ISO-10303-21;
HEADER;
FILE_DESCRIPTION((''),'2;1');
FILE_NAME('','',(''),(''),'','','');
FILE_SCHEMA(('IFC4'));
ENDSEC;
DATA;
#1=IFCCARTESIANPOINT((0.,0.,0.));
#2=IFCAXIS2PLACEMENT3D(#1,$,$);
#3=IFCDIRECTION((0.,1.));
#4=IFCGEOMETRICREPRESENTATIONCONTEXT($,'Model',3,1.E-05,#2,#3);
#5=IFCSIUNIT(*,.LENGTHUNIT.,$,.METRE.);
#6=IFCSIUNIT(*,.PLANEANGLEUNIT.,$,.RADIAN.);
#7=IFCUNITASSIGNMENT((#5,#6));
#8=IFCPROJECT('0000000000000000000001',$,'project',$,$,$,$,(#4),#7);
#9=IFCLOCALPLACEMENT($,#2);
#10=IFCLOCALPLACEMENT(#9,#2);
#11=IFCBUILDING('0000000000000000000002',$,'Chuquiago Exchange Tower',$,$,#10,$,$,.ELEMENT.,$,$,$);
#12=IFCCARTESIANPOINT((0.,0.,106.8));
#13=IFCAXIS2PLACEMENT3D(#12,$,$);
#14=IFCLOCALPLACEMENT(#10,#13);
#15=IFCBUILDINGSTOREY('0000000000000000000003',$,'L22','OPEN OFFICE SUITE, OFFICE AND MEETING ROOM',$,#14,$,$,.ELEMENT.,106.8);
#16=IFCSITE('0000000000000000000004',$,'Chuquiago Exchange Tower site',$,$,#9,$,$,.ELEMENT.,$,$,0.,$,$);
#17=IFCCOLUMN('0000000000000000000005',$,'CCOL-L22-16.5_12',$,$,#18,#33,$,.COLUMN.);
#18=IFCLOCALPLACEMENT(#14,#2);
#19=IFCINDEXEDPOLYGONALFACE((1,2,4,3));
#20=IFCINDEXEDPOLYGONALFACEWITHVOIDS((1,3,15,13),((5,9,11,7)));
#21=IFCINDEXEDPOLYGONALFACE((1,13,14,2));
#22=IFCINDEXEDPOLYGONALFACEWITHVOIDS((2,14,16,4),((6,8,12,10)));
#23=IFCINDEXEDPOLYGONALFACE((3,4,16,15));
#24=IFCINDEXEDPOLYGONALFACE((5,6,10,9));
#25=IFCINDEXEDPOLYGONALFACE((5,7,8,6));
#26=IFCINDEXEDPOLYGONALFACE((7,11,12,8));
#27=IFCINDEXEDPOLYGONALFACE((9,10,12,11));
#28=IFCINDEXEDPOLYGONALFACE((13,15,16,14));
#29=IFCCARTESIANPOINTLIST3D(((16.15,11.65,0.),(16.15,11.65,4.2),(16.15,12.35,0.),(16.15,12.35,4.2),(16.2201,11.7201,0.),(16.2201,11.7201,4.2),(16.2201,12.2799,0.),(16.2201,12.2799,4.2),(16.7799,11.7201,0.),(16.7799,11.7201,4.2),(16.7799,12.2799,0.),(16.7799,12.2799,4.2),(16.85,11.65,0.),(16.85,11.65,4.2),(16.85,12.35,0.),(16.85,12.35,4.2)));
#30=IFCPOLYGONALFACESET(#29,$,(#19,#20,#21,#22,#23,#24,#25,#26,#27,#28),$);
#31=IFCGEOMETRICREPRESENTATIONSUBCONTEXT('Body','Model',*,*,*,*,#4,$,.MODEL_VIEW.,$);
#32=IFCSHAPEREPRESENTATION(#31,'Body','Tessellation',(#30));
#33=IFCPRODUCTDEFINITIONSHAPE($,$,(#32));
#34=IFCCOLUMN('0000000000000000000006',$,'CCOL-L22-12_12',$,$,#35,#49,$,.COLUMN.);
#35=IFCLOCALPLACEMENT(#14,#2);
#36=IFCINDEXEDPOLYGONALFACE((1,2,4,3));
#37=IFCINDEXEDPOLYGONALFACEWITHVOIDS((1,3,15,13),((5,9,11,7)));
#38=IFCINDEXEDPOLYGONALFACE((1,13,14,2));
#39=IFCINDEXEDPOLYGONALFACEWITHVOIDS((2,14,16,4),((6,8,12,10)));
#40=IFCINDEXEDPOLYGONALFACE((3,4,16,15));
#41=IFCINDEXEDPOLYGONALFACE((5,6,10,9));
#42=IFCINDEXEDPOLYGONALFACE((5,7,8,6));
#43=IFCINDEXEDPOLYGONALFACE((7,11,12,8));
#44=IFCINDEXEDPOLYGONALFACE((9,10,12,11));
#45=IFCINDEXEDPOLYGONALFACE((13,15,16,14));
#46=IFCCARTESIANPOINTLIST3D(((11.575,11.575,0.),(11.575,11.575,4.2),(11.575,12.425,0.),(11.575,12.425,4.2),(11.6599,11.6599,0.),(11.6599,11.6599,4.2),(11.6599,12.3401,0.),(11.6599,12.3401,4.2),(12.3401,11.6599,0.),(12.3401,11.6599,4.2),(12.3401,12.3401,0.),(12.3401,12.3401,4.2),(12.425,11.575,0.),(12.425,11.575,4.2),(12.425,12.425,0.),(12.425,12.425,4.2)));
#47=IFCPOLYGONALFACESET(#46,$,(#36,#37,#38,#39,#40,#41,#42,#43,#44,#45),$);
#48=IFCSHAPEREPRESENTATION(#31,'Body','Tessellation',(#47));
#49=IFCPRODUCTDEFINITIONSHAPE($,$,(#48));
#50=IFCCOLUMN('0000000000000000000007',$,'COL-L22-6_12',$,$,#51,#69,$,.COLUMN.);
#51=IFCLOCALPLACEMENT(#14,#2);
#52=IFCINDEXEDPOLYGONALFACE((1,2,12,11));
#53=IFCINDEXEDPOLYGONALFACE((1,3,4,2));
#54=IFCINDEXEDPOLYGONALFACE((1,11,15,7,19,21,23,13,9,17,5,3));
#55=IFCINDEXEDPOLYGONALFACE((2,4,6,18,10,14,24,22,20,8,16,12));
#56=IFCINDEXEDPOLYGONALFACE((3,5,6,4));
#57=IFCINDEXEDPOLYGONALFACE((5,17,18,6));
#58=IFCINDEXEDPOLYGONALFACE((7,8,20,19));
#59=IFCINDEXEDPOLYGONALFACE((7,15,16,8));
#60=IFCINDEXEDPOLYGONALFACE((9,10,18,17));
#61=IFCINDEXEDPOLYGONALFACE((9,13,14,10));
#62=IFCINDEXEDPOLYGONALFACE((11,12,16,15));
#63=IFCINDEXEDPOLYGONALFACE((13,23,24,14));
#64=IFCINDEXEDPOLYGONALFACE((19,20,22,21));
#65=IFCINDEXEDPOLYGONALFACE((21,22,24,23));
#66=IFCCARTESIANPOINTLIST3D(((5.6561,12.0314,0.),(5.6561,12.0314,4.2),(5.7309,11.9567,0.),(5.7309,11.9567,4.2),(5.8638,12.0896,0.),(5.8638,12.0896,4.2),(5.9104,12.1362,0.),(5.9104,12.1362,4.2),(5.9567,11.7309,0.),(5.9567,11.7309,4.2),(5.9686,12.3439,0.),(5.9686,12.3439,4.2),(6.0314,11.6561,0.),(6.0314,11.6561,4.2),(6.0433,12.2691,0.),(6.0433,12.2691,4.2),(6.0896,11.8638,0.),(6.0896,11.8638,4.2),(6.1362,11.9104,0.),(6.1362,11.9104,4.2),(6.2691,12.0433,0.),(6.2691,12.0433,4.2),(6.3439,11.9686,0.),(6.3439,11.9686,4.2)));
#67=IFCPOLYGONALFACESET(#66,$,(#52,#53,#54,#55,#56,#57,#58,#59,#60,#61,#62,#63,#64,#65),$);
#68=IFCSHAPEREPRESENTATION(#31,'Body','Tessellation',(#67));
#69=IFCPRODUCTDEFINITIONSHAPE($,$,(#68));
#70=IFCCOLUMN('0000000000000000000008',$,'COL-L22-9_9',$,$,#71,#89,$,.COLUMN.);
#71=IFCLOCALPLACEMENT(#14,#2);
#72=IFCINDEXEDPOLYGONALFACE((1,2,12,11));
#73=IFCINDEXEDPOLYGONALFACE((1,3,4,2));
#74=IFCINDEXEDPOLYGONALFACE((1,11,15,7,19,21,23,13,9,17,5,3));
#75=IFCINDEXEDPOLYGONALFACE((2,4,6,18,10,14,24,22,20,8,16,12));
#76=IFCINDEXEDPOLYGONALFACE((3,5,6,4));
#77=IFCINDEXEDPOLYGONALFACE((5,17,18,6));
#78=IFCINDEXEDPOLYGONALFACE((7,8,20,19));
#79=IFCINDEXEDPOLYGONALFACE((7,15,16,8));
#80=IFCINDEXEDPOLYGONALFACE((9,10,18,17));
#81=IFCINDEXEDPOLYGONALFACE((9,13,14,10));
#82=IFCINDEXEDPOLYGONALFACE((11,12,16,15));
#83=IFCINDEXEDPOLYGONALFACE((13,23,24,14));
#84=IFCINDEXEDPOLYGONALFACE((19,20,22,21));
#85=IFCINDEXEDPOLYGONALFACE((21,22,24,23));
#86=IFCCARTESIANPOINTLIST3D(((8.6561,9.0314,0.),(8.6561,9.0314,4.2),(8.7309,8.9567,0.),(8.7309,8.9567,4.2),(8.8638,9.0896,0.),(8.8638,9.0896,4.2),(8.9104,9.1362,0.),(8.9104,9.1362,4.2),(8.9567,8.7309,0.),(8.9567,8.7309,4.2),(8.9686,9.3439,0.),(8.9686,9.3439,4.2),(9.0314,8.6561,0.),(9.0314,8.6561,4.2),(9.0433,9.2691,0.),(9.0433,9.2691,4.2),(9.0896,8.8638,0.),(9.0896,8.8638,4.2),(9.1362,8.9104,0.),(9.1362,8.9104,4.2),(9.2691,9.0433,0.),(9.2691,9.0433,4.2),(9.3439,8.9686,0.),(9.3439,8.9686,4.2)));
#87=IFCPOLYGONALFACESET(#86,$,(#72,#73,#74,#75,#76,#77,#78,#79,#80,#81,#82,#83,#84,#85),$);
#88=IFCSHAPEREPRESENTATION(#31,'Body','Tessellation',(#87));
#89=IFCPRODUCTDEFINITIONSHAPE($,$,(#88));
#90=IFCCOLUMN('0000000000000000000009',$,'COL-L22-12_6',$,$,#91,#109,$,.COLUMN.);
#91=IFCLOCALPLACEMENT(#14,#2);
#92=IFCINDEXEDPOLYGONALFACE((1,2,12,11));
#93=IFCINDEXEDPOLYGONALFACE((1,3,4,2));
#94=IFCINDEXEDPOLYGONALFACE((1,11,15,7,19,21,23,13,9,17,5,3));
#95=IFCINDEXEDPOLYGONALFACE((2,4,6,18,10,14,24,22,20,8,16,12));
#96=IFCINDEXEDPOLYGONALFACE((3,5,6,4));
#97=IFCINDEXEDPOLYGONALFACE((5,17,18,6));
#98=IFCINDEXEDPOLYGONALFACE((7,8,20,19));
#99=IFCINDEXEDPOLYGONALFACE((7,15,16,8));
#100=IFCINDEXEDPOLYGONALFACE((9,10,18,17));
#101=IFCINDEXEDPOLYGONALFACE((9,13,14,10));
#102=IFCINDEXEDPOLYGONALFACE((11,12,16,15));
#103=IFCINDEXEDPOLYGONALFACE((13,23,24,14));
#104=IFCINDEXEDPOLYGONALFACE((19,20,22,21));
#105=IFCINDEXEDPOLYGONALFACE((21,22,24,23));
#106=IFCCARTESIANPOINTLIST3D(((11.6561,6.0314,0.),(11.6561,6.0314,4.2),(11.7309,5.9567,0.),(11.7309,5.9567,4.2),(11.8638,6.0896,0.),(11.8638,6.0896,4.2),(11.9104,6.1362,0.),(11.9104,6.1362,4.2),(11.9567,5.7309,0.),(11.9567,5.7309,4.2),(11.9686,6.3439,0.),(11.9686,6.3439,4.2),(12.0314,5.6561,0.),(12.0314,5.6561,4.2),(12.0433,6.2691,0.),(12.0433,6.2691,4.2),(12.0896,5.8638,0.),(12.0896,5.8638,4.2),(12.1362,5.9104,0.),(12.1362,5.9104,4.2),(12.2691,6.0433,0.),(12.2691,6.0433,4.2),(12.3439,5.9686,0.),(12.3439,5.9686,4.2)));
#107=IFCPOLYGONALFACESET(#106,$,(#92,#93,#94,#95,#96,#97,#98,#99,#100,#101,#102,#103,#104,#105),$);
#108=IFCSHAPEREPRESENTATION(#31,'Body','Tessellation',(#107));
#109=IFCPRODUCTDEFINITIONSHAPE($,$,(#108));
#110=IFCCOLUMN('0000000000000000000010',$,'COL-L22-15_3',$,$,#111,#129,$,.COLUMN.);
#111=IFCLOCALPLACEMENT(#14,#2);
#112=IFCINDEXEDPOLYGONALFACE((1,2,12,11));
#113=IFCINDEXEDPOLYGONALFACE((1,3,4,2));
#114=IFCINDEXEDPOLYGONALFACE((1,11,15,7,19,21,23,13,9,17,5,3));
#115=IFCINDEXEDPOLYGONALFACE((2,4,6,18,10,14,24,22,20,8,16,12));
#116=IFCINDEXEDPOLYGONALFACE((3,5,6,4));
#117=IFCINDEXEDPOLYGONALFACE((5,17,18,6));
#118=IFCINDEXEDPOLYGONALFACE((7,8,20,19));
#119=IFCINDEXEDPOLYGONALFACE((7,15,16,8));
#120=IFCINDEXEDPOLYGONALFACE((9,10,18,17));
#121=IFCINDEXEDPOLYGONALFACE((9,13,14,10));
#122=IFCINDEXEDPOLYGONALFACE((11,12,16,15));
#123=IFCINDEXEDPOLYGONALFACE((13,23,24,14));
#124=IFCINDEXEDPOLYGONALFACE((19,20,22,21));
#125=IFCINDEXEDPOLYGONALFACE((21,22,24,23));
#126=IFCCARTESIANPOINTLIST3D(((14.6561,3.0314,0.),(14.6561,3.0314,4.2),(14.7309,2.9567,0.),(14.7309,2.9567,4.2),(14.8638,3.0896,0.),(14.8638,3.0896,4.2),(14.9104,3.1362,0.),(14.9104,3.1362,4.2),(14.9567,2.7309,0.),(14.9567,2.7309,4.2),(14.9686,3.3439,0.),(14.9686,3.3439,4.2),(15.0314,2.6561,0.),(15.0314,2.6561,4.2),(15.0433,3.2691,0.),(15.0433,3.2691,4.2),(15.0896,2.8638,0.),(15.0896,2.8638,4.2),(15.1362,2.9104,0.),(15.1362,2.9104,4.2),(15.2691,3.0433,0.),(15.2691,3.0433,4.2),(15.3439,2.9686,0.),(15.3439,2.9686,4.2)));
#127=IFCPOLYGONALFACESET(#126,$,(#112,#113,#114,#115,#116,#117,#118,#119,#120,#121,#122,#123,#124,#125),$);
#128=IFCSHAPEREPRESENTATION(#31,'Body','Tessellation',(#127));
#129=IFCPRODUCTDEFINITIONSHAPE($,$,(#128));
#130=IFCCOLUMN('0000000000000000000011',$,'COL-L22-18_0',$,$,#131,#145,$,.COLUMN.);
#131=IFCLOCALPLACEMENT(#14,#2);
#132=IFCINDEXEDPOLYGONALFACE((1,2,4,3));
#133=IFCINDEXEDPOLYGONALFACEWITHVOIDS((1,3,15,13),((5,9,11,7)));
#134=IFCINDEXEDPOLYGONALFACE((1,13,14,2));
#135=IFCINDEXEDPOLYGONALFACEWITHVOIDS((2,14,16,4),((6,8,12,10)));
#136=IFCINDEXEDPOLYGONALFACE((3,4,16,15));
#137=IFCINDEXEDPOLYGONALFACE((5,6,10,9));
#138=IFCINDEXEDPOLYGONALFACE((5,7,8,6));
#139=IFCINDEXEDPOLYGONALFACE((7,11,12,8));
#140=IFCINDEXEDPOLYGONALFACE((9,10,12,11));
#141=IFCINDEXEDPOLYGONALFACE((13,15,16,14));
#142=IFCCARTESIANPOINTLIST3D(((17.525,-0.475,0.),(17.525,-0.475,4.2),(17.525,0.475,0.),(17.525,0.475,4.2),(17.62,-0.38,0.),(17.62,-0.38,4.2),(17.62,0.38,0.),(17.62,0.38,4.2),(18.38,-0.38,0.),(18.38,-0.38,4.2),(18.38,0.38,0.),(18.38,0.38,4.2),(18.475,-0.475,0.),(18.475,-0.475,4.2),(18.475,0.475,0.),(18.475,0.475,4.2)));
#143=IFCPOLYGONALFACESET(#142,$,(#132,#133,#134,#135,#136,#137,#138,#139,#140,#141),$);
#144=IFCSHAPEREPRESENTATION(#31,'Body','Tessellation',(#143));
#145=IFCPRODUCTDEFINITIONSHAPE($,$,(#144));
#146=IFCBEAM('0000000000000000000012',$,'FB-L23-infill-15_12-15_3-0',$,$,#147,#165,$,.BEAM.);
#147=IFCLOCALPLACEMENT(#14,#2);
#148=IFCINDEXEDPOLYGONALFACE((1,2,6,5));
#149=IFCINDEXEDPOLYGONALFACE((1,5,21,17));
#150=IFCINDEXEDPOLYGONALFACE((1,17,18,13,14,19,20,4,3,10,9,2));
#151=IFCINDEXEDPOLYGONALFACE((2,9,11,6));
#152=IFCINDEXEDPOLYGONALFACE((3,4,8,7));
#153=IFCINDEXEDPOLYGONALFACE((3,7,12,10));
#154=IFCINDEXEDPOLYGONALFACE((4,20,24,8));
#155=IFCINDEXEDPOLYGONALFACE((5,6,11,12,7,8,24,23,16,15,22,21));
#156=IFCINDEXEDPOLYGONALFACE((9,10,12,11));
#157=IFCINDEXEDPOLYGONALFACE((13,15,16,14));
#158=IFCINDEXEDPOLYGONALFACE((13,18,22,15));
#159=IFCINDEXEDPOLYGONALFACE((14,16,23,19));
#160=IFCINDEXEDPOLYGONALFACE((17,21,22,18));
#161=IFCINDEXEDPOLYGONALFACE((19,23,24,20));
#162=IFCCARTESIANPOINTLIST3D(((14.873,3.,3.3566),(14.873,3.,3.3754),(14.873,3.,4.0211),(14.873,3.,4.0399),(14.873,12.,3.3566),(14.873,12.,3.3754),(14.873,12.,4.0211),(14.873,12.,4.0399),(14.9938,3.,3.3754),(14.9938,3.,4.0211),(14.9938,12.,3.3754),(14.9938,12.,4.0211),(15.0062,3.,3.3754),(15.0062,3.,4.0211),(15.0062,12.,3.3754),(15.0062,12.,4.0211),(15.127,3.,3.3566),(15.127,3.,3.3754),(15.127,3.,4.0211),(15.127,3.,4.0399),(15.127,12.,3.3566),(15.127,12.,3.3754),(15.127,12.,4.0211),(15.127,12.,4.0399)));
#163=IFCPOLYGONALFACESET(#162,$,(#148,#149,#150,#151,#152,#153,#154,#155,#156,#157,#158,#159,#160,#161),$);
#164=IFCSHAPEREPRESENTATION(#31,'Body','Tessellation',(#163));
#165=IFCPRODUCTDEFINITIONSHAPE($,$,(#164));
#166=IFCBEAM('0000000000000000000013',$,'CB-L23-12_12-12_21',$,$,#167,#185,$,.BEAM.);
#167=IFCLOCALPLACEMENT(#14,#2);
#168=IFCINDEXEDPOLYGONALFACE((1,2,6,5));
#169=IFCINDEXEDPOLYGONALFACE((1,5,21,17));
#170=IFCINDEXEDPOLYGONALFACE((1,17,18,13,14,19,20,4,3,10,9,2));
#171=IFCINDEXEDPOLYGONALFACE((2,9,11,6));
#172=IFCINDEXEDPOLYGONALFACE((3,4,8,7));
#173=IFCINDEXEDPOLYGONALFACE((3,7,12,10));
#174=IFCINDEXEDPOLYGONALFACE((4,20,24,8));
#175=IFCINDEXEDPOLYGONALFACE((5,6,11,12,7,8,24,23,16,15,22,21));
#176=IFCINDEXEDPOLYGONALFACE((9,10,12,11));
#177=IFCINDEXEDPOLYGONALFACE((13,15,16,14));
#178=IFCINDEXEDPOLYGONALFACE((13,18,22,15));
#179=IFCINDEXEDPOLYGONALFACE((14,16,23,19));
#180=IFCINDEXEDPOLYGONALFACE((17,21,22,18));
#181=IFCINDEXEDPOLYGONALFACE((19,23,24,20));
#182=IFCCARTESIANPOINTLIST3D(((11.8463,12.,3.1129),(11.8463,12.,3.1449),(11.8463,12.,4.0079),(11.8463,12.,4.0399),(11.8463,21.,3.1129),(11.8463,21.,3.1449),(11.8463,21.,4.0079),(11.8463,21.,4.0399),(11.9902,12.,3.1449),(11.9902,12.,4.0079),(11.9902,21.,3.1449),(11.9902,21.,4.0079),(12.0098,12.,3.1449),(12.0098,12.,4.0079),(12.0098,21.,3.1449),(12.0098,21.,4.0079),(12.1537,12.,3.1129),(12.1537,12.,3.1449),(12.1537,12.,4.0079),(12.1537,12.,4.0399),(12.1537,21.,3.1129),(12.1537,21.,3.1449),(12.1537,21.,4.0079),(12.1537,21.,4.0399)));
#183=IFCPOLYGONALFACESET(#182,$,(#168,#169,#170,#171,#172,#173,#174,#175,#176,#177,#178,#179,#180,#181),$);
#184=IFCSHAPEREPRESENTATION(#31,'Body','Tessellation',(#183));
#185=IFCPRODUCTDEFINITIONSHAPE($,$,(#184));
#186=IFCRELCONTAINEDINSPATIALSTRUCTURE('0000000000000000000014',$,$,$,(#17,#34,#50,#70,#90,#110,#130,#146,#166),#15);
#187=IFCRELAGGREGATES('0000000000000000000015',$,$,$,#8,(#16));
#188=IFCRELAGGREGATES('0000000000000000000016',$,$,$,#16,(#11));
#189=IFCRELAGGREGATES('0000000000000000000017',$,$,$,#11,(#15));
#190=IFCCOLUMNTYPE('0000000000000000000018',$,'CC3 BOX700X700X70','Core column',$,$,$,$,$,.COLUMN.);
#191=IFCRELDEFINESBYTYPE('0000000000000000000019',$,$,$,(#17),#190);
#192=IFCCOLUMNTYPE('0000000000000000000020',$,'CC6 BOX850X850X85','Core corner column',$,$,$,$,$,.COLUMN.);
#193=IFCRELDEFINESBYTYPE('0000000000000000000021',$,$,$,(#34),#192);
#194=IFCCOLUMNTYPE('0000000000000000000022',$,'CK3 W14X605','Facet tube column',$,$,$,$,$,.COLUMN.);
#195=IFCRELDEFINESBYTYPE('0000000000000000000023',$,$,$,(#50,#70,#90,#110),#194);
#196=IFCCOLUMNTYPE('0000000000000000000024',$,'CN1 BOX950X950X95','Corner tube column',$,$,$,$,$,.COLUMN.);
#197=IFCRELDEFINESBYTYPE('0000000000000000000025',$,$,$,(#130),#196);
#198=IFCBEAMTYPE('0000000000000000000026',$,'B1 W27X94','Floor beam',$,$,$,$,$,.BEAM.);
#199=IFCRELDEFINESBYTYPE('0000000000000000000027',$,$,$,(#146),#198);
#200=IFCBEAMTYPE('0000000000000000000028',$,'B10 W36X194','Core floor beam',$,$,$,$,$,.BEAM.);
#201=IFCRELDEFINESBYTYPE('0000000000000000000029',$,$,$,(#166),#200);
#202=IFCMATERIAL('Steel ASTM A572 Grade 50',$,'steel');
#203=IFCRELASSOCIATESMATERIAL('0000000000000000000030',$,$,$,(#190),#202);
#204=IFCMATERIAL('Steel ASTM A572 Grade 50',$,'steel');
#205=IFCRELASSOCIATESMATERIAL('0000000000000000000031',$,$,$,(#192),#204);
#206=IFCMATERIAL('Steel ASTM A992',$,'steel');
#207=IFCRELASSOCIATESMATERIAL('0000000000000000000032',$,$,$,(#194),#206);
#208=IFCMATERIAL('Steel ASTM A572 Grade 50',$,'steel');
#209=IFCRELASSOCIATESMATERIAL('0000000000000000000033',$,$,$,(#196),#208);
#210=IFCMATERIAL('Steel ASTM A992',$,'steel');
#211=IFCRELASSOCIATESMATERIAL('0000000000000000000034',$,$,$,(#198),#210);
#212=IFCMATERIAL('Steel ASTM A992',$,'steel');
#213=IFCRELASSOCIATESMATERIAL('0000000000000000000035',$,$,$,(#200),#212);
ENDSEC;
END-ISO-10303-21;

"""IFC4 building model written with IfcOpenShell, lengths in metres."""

from ifc_helpers import new_model, si_unit, direction, frame, origin, origin_2d, place, context, subcontext, project, spatial, hollow_rectangle, i_section, extrude, material, material_profile, profile_set, type_object, element, save


model = new_model("IFC4")

# Units and contexts
model_context = context("Model", 3, precision=1e-05, world=origin(), true_north=direction((0.0, 1.0)))
body_context = subcontext(model_context, "Body", "Model", "MODEL_VIEW")
ifc_project = project(units=[si_unit("LENGTHUNIT", "METRE"), si_unit("PLANEANGLEUNIT", "RADIAN")], contexts=[model_context])

# Site, building, storey
site_placement = place(None, origin())
site = spatial("IfcSite", under=ifc_project, at=site_placement, Name="Chuquiago Exchange Tower site", CompositionType="ELEMENT", RefElevation=0.0)
building_placement = place(site_placement, origin())
building = spatial("IfcBuilding", under=site, at=building_placement, Name="Chuquiago Exchange Tower", CompositionType="ELEMENT")
storey_placement = place(building_placement, frame((0.0, 0.0, 106.8)))
storey = spatial("IfcBuildingStorey", under=building, at=storey_placement, Name="L22", Description="OPEN OFFICE SUITE, OFFICE AND MEETING ROOM", CompositionType="ELEMENT", Elevation=106.8)

# Columns
ifc_material_1 = material(Name="Steel ASTM A572 Grade 50", Category="steel")
ifc_material_profile_1 = material_profile(ifc_material_1, hollow_rectangle(XDim=0.7, YDim=0.7, WallThickness=0.0701, at=origin_2d()), Name="BOX700X700X70")
ifc_profile_set_1 = profile_set([ifc_material_profile_1], Name="Steel ASTM A572 Grade 50")
column_type_1 = type_object("IfcColumnType", Name="CC3 BOX700X700X70", Description="Core column", PredefinedType="COLUMN", material=ifc_profile_set_1)
column_1_placement = place(storey_placement, frame((16.5, 12.0, 0.0), z_axis=(0.0, 0.0, 1.0), x_axis=(1.0, 0.0, 0.0)))
element("IfcColumn", 1, at=column_1_placement, inside=storey, type_object=column_type_1, Name="CCOL-L22-16.5_12", PredefinedType="COLUMN", context=body_context, shape_type="SweptSolid", body=[
    extrude(hollow_rectangle(XDim=0.7, YDim=0.7, WallThickness=0.0701, at=origin_2d()), origin(), (0.0, 0.0, 1.0), 4.2),
])
ifc_material_2 = material(Name="Steel ASTM A572 Grade 50", Category="steel")
ifc_material_profile_2 = material_profile(ifc_material_2, hollow_rectangle(XDim=0.8501, YDim=0.8501, WallThickness=0.085, at=origin_2d()), Name="BOX850X850X85")
ifc_profile_set_2 = profile_set([ifc_material_profile_2], Name="Steel ASTM A572 Grade 50")
column_type_2 = type_object("IfcColumnType", Name="CC6 BOX850X850X85", Description="Core corner column", PredefinedType="COLUMN", material=ifc_profile_set_2)
column_2_placement = place(storey_placement, frame((12.0, 12.0, 0.0), z_axis=(0.0, 0.0, 1.0), x_axis=(1.0, 0.0, 0.0)))
element("IfcColumn", 2, at=column_2_placement, inside=storey, type_object=column_type_2, Name="CCOL-L22-12_12", PredefinedType="COLUMN", context=body_context, shape_type="SweptSolid", body=[
    extrude(hollow_rectangle(XDim=0.8501, YDim=0.8501, WallThickness=0.085, at=origin_2d()), origin(), (0.0, 0.0, 1.0), 4.2),
])
ifc_material_3 = material(Name="Steel ASTM A992", Category="steel")
ifc_material_profile_3 = material_profile(ifc_material_3, i_section(OverallWidth=0.4419, OverallDepth=0.5308, WebThickness=0.0659, FlangeThickness=0.1057, at=origin_2d()), Name="W14X605")
ifc_profile_set_3 = profile_set([ifc_material_profile_3], Name="Steel ASTM A992")
column_type_3 = type_object("IfcColumnType", Name="CK3 W14X605", Description="Facet tube column", PredefinedType="COLUMN", material=ifc_profile_set_3)
for number, where, z_axis, x_axis, name in (
    (3, (6.0, 12.0, 0.0), (0.0, 0.0, 1.0), (-0.707107, -0.707107, 0.0), "COL-L22-6_12"),
    (4, (9.0, 9.0, 0.0), (0.0, 0.0, 1.0), (-0.707107, -0.707107, 0.0), "COL-L22-9_9"),
    (5, (12.0, 6.0, 0.0), (0.0, 0.0, 1.0), (-0.707107, -0.707107, 0.0), "COL-L22-12_6"),
    (6, (15.0, 3.0, 0.0), (0.0, 0.0, 1.0), (-0.707107, -0.707107, 0.0), "COL-L22-15_3"),
):
    element("IfcColumn", number, at=place(storey_placement, frame(where, z_axis=z_axis, x_axis=x_axis)), inside=storey, type_object=column_type_3, Name=name, PredefinedType="COLUMN", context=body_context, shape_type="SweptSolid", body=[
        extrude(i_section(OverallWidth=0.4419, OverallDepth=0.5308, WebThickness=0.0659, FlangeThickness=0.1057, at=origin_2d()), origin(), (0.0, 0.0, 1.0), 4.2),
    ])
ifc_material_4 = material(Name="Steel ASTM A572 Grade 50", Category="steel")
ifc_material_profile_4 = material_profile(ifc_material_4, hollow_rectangle(XDim=0.95, YDim=0.95, WallThickness=0.095, at=origin_2d()), Name="BOX950X950X95")
ifc_profile_set_4 = profile_set([ifc_material_profile_4], Name="Steel ASTM A572 Grade 50")
column_type_4 = type_object("IfcColumnType", Name="CN1 BOX950X950X95", Description="Corner tube column", PredefinedType="COLUMN", material=ifc_profile_set_4)
column_3_placement = place(storey_placement, frame((18.0, 0.0, 0.0), z_axis=(0.0, 0.0, 1.0), x_axis=(0.0, -1.0, 0.0)))
element("IfcColumn", 7, at=column_3_placement, inside=storey, type_object=column_type_4, Name="COL-L22-18_0", PredefinedType="COLUMN", context=body_context, shape_type="SweptSolid", body=[
    extrude(hollow_rectangle(XDim=0.95, YDim=0.95, WallThickness=0.095, at=origin_2d()), origin(), (0.0, 0.0, 1.0), 4.2),
])

# Beams
ifc_material_5 = material(Name="Steel ASTM A992", Category="steel")
ifc_material_profile_5 = material_profile(ifc_material_5, i_section(OverallWidth=0.2539, OverallDepth=0.6833, WebThickness=0.0125, FlangeThickness=0.0188, at=origin_2d()), Name="W27X94")
ifc_profile_set_5 = profile_set([ifc_material_profile_5], Name="Steel ASTM A992")
beam_type_1 = type_object("IfcBeamType", Name="B1 W27X94", Description="Floor beam", PredefinedType="BEAM", material=ifc_profile_set_5)
beam_1_placement = place(storey_placement, frame((15.0, 12.0, 3.6982), z_axis=(0.0, -1.0, 0.0), x_axis=(1.0, 0.0, 0.0)))
element("IfcBeam", 8, at=beam_1_placement, inside=storey, type_object=beam_type_1, Name="FB-L23-infill-15_12-15_3-0", PredefinedType="BEAM", context=body_context, shape_type="SweptSolid", body=[
    extrude(i_section(OverallWidth=0.2539, OverallDepth=0.6833, WebThickness=0.0125, FlangeThickness=0.0188, at=origin_2d()), origin(), (0.0, 0.0, 1.0), 9.0),
])
ifc_material_6 = material(Name="Steel ASTM A992", Category="steel")
ifc_material_profile_6 = material_profile(ifc_material_6, i_section(OverallWidth=0.3074, OverallDepth=0.927, WebThickness=0.0195, FlangeThickness=0.032, at=origin_2d()), Name="W36X194")
ifc_profile_set_6 = profile_set([ifc_material_profile_6], Name="Steel ASTM A992")
beam_type_2 = type_object("IfcBeamType", Name="B10 W36X194", Description="Core floor beam", PredefinedType="BEAM", material=ifc_profile_set_6)
for number, where, z_axis, x_axis, name in (
    (9, (12.0, 12.0, 3.5764), (0.0, 1.0, 0.0), (-1.0, 0.0, 0.0), "CB-L23-12_12-12_21"),
):
    element("IfcBeam", number, at=place(storey_placement, frame(where, z_axis=z_axis, x_axis=x_axis)), inside=storey, type_object=beam_type_2, Name=name, PredefinedType="BEAM", context=body_context, shape_type="SweptSolid", body=[
        extrude(i_section(OverallWidth=0.3074, OverallDepth=0.927, WebThickness=0.0195, FlangeThickness=0.032, at=origin_2d()), origin(), (0.0, 0.0, 1.0), 9.0),
    ])

save(model, "model.ifc")
